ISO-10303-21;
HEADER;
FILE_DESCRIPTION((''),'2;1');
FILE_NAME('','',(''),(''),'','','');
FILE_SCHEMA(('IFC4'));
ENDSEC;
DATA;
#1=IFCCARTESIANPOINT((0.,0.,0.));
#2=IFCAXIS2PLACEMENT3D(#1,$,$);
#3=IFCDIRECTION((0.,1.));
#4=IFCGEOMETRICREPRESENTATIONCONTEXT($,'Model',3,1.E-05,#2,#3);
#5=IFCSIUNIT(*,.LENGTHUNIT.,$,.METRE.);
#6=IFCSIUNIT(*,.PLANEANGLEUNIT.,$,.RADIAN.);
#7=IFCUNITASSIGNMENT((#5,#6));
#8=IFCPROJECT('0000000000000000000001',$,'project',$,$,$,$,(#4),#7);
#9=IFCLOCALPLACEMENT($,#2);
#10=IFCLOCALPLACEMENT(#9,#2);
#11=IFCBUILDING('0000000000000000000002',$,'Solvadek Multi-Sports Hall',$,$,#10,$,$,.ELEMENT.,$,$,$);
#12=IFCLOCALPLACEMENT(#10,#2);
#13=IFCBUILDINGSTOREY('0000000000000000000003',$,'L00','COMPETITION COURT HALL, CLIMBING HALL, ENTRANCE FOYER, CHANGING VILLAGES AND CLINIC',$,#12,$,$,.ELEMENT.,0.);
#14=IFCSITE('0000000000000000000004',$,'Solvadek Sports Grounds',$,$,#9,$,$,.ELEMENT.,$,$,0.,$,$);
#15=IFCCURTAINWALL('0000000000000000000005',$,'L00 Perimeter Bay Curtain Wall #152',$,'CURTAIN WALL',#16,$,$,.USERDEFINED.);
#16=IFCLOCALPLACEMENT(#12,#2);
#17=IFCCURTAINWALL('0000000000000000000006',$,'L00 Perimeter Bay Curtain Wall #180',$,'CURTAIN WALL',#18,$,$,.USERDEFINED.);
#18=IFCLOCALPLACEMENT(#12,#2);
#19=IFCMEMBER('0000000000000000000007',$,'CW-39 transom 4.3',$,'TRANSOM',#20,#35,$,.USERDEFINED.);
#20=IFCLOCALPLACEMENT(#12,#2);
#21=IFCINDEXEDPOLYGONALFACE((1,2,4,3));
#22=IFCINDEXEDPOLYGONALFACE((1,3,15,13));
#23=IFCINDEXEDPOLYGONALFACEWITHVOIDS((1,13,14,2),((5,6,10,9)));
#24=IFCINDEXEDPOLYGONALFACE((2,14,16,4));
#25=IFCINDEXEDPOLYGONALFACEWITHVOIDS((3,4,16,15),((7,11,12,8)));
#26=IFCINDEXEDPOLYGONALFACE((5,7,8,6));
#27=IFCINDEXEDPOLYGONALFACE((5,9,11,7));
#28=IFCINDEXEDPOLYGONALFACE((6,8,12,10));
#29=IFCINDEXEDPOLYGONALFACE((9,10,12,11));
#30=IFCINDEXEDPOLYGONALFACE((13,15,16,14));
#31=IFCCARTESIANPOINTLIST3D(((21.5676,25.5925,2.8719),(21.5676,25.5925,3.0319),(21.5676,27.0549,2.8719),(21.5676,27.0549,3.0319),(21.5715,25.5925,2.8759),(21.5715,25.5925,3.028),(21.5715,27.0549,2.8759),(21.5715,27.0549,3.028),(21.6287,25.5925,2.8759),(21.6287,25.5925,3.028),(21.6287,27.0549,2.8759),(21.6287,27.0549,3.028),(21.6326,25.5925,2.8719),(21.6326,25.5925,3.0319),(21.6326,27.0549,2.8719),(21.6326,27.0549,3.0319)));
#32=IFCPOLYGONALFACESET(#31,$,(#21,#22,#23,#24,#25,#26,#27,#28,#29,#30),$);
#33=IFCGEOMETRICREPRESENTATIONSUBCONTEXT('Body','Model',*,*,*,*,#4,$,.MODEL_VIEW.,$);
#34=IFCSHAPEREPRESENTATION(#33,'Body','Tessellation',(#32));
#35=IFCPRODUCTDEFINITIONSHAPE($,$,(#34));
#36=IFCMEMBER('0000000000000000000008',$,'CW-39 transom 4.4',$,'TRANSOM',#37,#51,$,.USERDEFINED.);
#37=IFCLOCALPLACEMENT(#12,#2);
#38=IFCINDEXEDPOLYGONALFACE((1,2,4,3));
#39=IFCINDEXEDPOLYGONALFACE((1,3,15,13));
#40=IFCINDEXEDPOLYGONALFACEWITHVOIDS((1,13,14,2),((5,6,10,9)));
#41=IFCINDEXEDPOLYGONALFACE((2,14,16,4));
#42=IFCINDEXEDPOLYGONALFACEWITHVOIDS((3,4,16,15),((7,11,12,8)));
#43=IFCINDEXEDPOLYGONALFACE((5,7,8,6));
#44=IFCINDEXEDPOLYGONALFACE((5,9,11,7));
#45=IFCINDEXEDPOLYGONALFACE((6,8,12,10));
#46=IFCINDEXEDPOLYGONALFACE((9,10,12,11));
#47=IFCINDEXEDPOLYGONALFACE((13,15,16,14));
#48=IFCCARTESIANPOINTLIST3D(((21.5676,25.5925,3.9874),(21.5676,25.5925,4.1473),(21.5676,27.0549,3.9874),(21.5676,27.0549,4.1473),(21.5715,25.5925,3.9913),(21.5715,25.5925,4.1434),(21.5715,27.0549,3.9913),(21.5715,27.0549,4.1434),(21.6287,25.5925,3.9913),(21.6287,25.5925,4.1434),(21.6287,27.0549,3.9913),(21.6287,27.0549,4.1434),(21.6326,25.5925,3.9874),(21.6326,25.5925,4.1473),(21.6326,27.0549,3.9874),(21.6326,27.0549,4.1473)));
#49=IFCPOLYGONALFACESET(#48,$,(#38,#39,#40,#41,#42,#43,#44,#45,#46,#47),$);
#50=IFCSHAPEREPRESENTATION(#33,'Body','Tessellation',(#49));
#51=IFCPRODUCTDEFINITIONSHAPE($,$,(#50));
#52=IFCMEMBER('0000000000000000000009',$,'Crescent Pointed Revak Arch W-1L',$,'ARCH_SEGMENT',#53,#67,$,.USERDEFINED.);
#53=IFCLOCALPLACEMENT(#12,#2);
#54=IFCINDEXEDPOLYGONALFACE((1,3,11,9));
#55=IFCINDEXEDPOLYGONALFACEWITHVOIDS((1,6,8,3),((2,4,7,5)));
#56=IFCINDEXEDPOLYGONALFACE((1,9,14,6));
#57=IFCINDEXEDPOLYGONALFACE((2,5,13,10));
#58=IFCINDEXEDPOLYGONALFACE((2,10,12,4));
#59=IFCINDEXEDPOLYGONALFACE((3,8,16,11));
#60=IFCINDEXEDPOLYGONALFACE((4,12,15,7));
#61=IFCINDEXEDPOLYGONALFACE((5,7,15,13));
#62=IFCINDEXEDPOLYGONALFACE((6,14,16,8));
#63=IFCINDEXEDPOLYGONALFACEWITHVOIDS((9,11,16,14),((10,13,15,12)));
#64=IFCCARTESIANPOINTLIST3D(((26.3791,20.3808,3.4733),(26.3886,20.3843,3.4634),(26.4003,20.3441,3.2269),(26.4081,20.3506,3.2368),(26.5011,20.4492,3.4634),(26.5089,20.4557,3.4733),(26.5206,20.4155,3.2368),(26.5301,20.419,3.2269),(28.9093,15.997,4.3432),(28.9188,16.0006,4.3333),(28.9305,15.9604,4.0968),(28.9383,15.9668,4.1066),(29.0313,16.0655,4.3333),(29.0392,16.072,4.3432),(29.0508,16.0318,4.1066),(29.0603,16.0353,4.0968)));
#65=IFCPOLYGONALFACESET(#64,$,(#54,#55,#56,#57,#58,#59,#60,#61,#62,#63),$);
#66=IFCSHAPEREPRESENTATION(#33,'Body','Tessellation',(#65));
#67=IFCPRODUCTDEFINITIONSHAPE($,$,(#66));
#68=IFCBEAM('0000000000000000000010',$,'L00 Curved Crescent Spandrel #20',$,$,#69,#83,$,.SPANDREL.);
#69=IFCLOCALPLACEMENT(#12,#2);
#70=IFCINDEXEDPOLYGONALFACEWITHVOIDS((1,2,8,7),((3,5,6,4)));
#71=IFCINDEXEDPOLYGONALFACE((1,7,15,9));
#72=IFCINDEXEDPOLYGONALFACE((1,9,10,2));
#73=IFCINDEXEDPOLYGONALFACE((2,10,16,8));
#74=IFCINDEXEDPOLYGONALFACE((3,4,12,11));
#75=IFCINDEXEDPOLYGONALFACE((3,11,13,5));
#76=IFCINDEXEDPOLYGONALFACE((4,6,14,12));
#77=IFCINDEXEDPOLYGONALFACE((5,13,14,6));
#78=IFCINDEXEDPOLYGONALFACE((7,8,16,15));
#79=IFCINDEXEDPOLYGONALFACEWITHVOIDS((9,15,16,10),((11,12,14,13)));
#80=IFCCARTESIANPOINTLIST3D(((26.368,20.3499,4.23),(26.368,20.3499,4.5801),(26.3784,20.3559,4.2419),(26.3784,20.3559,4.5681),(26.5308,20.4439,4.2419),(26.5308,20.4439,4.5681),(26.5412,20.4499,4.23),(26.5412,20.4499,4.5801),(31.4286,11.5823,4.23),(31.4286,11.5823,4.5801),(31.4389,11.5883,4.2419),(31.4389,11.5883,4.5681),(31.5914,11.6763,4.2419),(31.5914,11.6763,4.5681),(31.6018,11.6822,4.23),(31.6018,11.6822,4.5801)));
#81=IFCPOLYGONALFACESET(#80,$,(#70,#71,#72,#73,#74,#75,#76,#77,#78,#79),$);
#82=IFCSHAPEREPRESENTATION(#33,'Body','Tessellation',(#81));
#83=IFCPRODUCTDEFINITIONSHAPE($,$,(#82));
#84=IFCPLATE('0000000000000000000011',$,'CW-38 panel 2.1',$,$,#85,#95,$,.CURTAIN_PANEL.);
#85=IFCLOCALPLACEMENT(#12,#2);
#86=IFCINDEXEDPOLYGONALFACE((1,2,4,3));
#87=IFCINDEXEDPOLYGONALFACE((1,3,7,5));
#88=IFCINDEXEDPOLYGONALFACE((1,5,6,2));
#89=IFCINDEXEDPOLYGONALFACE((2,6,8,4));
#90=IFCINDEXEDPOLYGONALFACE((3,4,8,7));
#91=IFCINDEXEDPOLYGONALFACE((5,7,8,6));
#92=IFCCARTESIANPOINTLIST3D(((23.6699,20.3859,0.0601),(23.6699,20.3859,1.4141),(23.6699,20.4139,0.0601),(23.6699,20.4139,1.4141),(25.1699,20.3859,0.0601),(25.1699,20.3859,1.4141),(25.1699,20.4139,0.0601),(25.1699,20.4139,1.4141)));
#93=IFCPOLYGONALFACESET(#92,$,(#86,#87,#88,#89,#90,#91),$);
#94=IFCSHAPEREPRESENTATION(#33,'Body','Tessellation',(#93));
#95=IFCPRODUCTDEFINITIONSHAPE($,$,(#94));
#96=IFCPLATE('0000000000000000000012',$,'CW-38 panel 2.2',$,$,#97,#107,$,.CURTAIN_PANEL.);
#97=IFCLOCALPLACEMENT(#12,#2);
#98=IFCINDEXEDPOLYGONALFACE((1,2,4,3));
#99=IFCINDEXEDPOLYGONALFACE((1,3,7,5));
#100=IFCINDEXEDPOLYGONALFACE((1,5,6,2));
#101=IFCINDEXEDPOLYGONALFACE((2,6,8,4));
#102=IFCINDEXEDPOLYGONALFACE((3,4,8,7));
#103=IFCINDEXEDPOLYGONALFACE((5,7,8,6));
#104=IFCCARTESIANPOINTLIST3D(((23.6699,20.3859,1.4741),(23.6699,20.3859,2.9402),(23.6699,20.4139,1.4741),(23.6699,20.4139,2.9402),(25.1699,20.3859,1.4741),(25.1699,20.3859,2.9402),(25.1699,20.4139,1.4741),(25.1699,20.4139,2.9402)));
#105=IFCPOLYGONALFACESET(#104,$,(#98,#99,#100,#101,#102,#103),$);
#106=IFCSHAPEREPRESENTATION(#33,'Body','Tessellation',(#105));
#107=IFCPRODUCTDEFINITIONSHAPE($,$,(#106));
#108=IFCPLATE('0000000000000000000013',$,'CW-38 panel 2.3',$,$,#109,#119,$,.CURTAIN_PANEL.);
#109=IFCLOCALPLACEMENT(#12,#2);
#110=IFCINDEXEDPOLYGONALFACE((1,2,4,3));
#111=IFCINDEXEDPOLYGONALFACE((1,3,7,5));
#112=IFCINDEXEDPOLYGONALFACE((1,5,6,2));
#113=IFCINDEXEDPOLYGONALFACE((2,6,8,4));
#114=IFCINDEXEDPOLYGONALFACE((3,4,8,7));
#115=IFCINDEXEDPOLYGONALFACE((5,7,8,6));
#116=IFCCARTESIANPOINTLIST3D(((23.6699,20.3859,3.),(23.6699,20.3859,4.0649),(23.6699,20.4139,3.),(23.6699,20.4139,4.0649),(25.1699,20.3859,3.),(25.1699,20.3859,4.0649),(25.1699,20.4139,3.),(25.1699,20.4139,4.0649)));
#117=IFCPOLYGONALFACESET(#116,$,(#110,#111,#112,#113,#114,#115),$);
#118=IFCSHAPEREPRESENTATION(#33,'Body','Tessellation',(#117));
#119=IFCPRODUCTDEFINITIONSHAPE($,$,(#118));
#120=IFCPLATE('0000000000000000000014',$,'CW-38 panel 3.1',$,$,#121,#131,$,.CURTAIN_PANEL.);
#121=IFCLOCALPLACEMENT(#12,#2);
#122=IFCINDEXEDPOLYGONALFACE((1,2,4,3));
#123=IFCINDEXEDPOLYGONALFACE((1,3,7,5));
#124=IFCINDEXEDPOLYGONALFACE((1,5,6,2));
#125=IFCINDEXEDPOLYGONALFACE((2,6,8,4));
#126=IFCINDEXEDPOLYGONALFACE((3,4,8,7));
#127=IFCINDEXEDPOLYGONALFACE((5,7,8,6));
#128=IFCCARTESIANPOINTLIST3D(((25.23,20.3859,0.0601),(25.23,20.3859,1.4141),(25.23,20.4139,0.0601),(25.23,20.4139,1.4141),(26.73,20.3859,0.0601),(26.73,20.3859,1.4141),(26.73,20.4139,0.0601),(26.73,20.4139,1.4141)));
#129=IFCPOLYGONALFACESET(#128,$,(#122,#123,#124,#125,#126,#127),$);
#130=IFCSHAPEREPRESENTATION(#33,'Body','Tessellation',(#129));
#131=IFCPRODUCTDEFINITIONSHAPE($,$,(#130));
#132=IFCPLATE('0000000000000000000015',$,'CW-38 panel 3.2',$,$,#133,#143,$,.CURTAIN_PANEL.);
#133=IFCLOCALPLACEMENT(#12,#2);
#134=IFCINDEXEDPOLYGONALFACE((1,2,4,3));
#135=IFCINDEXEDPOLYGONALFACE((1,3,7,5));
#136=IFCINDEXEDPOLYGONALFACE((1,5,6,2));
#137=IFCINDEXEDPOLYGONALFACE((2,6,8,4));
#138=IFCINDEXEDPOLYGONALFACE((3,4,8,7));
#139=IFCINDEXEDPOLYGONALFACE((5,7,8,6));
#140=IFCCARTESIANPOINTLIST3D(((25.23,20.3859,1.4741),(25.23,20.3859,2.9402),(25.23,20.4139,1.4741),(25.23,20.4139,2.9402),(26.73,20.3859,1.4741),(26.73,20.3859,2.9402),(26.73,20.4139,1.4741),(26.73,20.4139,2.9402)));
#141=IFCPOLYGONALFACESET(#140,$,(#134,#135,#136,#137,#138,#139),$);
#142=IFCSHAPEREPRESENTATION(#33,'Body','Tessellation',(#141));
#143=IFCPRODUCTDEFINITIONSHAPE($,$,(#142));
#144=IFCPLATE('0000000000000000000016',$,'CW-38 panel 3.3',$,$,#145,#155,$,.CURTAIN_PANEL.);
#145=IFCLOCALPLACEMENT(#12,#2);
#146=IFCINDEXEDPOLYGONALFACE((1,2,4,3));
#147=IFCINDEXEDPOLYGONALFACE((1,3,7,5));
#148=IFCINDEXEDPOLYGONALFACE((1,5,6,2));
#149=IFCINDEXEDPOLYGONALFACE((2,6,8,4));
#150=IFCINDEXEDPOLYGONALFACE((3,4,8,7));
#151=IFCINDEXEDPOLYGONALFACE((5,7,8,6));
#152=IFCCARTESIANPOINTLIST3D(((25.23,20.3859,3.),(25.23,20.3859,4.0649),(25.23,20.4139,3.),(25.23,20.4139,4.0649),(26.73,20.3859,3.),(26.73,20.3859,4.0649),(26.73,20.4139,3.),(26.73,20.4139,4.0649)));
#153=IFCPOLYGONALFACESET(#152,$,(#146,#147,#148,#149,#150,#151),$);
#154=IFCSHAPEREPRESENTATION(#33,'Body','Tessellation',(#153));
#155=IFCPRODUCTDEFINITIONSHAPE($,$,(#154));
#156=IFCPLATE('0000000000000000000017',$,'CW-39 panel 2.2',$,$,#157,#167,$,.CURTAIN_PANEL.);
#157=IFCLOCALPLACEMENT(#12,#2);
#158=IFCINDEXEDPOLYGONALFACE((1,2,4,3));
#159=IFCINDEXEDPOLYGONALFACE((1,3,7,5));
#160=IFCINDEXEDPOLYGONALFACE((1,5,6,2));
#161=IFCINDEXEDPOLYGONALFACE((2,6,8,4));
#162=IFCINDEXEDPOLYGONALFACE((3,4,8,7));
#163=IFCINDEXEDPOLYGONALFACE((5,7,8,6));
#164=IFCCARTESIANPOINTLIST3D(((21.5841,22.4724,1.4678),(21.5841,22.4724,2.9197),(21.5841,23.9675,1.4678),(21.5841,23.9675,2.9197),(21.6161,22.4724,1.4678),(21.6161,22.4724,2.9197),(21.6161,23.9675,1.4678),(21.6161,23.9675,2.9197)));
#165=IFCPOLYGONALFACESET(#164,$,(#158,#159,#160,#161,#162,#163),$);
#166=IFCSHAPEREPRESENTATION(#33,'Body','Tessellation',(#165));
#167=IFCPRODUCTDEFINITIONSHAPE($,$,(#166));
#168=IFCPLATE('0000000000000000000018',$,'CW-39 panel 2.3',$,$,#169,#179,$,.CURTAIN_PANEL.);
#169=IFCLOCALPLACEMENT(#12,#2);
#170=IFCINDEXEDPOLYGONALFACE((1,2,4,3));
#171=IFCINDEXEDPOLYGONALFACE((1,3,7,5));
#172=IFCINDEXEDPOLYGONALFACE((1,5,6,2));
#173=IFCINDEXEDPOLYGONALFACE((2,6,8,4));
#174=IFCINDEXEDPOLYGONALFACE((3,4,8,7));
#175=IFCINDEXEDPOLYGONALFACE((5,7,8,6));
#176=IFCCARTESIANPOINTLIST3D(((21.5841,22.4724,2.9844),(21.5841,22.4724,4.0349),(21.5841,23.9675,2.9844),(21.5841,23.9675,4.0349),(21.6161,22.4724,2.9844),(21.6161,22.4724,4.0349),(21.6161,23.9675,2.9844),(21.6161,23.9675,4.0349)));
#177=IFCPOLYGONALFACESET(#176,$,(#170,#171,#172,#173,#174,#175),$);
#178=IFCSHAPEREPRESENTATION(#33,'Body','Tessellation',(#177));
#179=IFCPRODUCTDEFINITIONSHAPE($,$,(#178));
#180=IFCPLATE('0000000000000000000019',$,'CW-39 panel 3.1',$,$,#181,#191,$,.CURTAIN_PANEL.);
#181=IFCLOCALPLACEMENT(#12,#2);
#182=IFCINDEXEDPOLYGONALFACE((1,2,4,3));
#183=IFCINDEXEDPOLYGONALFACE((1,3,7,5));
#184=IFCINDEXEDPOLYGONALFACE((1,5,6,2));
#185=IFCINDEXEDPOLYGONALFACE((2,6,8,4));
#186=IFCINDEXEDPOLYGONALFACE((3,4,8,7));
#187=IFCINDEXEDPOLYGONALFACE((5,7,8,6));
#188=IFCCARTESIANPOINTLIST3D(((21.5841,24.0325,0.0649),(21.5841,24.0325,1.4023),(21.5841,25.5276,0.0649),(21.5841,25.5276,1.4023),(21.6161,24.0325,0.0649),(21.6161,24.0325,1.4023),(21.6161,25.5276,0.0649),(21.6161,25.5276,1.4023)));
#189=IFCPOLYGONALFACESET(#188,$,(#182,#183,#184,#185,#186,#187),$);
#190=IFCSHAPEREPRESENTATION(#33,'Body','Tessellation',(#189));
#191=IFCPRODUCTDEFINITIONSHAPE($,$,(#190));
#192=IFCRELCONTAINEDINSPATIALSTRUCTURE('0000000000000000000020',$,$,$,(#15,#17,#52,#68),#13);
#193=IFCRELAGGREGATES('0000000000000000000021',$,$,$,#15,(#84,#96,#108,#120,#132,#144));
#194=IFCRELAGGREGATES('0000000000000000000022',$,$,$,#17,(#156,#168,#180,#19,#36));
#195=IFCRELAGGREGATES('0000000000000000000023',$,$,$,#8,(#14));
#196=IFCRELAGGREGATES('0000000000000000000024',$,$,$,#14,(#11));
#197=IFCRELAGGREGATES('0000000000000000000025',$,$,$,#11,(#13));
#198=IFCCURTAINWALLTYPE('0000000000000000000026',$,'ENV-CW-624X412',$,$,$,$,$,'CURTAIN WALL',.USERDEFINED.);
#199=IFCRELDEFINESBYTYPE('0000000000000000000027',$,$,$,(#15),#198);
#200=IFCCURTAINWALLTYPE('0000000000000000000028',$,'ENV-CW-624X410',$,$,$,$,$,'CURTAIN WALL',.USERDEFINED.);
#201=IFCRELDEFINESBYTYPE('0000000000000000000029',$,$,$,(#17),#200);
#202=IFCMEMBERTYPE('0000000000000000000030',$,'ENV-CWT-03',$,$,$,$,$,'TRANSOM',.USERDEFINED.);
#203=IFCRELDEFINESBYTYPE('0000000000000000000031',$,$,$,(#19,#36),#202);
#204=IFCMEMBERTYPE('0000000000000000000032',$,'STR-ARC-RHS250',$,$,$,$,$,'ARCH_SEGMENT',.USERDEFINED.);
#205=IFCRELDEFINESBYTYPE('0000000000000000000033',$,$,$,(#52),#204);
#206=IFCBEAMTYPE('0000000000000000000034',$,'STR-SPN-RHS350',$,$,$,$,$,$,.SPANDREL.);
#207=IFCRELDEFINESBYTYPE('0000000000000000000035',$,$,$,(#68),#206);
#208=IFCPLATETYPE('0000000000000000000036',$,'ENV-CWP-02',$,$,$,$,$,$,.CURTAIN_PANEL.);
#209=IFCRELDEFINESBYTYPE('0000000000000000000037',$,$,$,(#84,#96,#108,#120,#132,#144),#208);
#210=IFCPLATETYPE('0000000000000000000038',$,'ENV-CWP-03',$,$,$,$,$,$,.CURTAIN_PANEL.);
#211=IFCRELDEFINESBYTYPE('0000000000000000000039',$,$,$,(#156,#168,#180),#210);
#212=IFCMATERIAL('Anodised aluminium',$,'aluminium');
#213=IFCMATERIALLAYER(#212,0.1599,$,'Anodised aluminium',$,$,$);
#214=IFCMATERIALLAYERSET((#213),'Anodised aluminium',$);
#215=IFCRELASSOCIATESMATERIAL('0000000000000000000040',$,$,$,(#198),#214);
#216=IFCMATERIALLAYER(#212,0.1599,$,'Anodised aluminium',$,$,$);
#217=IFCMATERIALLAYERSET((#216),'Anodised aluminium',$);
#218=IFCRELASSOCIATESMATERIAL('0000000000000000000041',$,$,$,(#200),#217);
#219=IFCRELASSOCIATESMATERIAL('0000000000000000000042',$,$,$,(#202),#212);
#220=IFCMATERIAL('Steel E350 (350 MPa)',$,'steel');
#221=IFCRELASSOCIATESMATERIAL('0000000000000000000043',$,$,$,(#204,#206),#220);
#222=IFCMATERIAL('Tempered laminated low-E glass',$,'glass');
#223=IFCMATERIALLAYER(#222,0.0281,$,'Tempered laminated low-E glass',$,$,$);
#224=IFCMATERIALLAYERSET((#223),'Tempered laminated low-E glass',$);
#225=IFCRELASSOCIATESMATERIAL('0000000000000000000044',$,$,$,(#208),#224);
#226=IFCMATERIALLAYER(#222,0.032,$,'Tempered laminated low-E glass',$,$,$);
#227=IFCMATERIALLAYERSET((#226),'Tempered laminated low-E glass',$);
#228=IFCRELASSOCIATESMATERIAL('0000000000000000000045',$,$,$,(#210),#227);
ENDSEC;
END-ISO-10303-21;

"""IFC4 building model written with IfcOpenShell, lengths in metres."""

from ifc_helpers import new_model, si_unit, direction, frame, origin, origin_2d, place, context, subcontext, project, spatial, rectangle, hollow_rectangle, extrude, material, layer, layer_set, material_profile, profile_set, type_object, element, aggregate, save


model = new_model("IFC4")

# Units and contexts
model_context = context("Model", 3, precision=1e-05, world=origin(), true_north=direction((0.0, 1.0)))
body_context = subcontext(model_context, "Body", "Model", "MODEL_VIEW")
ifc_project = project(units=[si_unit("LENGTHUNIT", "METRE"), si_unit("PLANEANGLEUNIT", "RADIAN")], contexts=[model_context])

# Site, building, storey
site_placement = place(None, origin())
site = spatial("IfcSite", under=ifc_project, at=site_placement, Name="Solvadek Sports Grounds", CompositionType="ELEMENT", RefElevation=0.0)
building_placement = place(site_placement, origin())
building = spatial("IfcBuilding", under=site, at=building_placement, Name="Solvadek Multi-Sports Hall", CompositionType="ELEMENT")
storey_placement = place(building_placement, origin())
storey = spatial("IfcBuildingStorey", under=building, at=storey_placement, Name="L00", Description="COMPETITION COURT HALL, CLIMBING HALL, ENTRANCE FOYER, CHANGING VILLAGES AND CLINIC", CompositionType="ELEMENT", Elevation=0.0)

# Shared definitions
ifc_material_1 = material(Name="Steel E350 (350 MPa)", Category="steel")

# Curtain walls
ifc_material_2 = material(Name="Anodised aluminium", Category="aluminium")
ifc_layer_1 = layer(ifc_material_2, 0.1599, Name="Anodised aluminium")
ifc_layer_set_1 = layer_set([ifc_layer_1], Name="Anodised aluminium")
curtain_wall_type_1 = type_object("IfcCurtainWallType", Name="ENV-CW-624X412", ElementType="CURTAIN WALL", PredefinedType="USERDEFINED", material=ifc_layer_set_1)
curtain_wall_1_placement = place(storey_placement, origin())
curtain_wall_1 = element("IfcCurtainWall", 1, at=curtain_wall_1_placement, inside=storey, type_object=curtain_wall_type_1, Name="L00 Perimeter Bay Curtain Wall #152", ObjectType="CURTAIN WALL", PredefinedType="USERDEFINED")
ifc_layer_2 = layer(ifc_material_2, 0.1599, Name="Anodised aluminium")
ifc_layer_set_2 = layer_set([ifc_layer_2], Name="Anodised aluminium")
curtain_wall_type_2 = type_object("IfcCurtainWallType", Name="ENV-CW-624X410", ElementType="CURTAIN WALL", PredefinedType="USERDEFINED", material=ifc_layer_set_2)
curtain_wall_2_placement = place(storey_placement, origin())
curtain_wall_2 = element("IfcCurtainWall", 2, at=curtain_wall_2_placement, inside=storey, type_object=curtain_wall_type_2, Name="L00 Perimeter Bay Curtain Wall #180", ObjectType="CURTAIN WALL", PredefinedType="USERDEFINED")

# Members
ifc_material_profile_1 = material_profile(ifc_material_2, hollow_rectangle(XDim=0.0649, YDim=0.1599, WallThickness=0.0039, at=origin_2d()), Name="ALU-T 160x65x4")
ifc_profile_set_1 = profile_set([ifc_material_profile_1], Name="Anodised aluminium")
member_type_1 = type_object("IfcMemberType", Name="ENV-CWT-03", ElementType="TRANSOM", PredefinedType="USERDEFINED", material=ifc_profile_set_1)
member_1_placement = place(storey_placement, frame((21.6001, 25.5925, 2.9519), z_axis=(0.0, 1.0, 0.0), x_axis=(-1.0, 0.0, 0.0)))
member_1 = element("IfcMember", 3, at=member_1_placement, type_object=member_type_1, Name="CW-39 transom 4.3", ObjectType="TRANSOM", PredefinedType="USERDEFINED", context=body_context, shape_type="SweptSolid", body=[
    extrude(hollow_rectangle(XDim=0.0649, YDim=0.1599, WallThickness=0.0039, at=origin_2d()), origin(), (0.0, 0.0, 1.0), 1.4624),
])
member_2_placement = place(storey_placement, frame((21.6001, 25.5925, 4.0674), z_axis=(0.0, 1.0, 0.0), x_axis=(-1.0, 0.0, 0.0)))
member_2 = element("IfcMember", 4, at=member_2_placement, type_object=member_type_1, Name="CW-39 transom 4.4", ObjectType="TRANSOM", PredefinedType="USERDEFINED", context=body_context, shape_type="SweptSolid", body=[
    extrude(hollow_rectangle(XDim=0.0649, YDim=0.1599, WallThickness=0.0039, at=origin_2d()), origin(), (0.0, 0.0, 1.0), 1.4624),
])
ifc_material_profile_2 = material_profile(ifc_material_1, hollow_rectangle(XDim=0.1499, YDim=0.25, WallThickness=0.01, at=origin_2d()), Name="RHS 250x150x10")
ifc_profile_set_2 = profile_set([ifc_material_profile_2], Name="Steel E350 (350 MPa)")
member_type_2 = type_object("IfcMemberType", Name="STR-ARC-RHS250", ElementType="ARCH_SEGMENT", PredefinedType="USERDEFINED", material=ifc_profile_set_2)
member_3_placement = place(storey_placement, frame((26.4546, 20.3999, 3.3501), z_axis=(0.492672, -0.853573, 0.169374), x_axis=(0.866086, 0.499895, 0.0)))
element("IfcMember", 5, at=member_3_placement, inside=storey, type_object=member_type_2, Name="Crescent Pointed Revak Arch W-1L", ObjectType="ARCH_SEGMENT", PredefinedType="USERDEFINED", context=body_context, shape_type="SweptSolid", body=[
    extrude(hollow_rectangle(XDim=0.1499, YDim=0.25, WallThickness=0.01, at=origin_2d()), origin(), (0.0, 0.0, 1.0), 5.1357),
])

# Beam
ifc_material_profile_3 = material_profile(ifc_material_1, hollow_rectangle(XDim=0.2, YDim=0.3501, WallThickness=0.012, at=origin_2d()), Name="RHS 350x200x12")
ifc_profile_set_3 = profile_set([ifc_material_profile_3], Name="Steel E350 (350 MPa)")
beam_type = type_object("IfcBeamType", Name="STR-SPN-RHS350", PredefinedType="SPANDREL", material=ifc_profile_set_3)
beam_placement = place(storey_placement, frame((26.4546, 20.3999, 4.405), z_axis=(0.499895, -0.866086, 0.0), x_axis=(0.866086, 0.499895, 0.0)))
element("IfcBeam", 6, at=beam_placement, inside=storey, type_object=beam_type, Name="L00 Curved Crescent Spandrel #20", PredefinedType="SPANDREL", context=body_context, shape_type="SweptSolid", body=[
    extrude(hollow_rectangle(XDim=0.2, YDim=0.3501, WallThickness=0.012, at=origin_2d()), origin(), (0.0, 0.0, 1.0), 10.1233),
])

# Plates
ifc_material_3 = material(Name="Tempered laminated low-E glass", Category="glass")
ifc_layer_3 = layer(ifc_material_3, 0.0281, Name="Tempered laminated low-E glass")
ifc_layer_set_3 = layer_set([ifc_layer_3], Name="Tempered laminated low-E glass")
plate_type_1 = type_object("IfcPlateType", Name="ENV-CWP-02", PredefinedType="CURTAIN_PANEL", material=ifc_layer_set_3)
plate_1_placement = place(storey_placement, frame((24.4199, 20.3999, 0.0601), z_axis=(0.0, 0.0, 1.0), x_axis=(1.0, 0.0, 0.0)))
plate_1 = element("IfcPlate", 7, at=plate_1_placement, type_object=plate_type_1, Name="CW-38 panel 2.1", PredefinedType="CURTAIN_PANEL", context=body_context, shape_type="SweptSolid", body=[
    extrude(rectangle(XDim=1.5, YDim=0.0281, at=origin_2d()), origin(), (0.0, 0.0, 1.0), 1.354),
])
plate_2_placement = place(storey_placement, frame((24.4199, 20.3999, 1.4741), z_axis=(0.0, 0.0, 1.0), x_axis=(1.0, 0.0, 0.0)))
plate_2 = element("IfcPlate", 8, at=plate_2_placement, type_object=plate_type_1, Name="CW-38 panel 2.2", PredefinedType="CURTAIN_PANEL", context=body_context, shape_type="SweptSolid", body=[
    extrude(rectangle(XDim=1.5, YDim=0.0281, at=origin_2d()), origin(), (0.0, 0.0, 1.0), 1.4661),
])
plate_3_placement = place(storey_placement, frame((24.4199, 20.3999, 3.0), z_axis=(0.0, 0.0, 1.0), x_axis=(1.0, 0.0, 0.0)))
plate_3 = element("IfcPlate", 9, at=plate_3_placement, type_object=plate_type_1, Name="CW-38 panel 2.3", PredefinedType="CURTAIN_PANEL", context=body_context, shape_type="SweptSolid", body=[
    extrude(rectangle(XDim=1.5, YDim=0.0281, at=origin_2d()), origin(), (0.0, 0.0, 1.0), 1.0649),
])
plate_4_placement = place(storey_placement, frame((25.98, 20.3999, 0.0601), z_axis=(0.0, 0.0, 1.0), x_axis=(1.0, 0.0, 0.0)))
plate_4 = element("IfcPlate", 10, at=plate_4_placement, type_object=plate_type_1, Name="CW-38 panel 3.1", PredefinedType="CURTAIN_PANEL", context=body_context, shape_type="SweptSolid", body=[
    extrude(rectangle(XDim=1.5, YDim=0.0281, at=origin_2d()), origin(), (0.0, 0.0, 1.0), 1.354),
])
plate_5_placement = place(storey_placement, frame((25.98, 20.3999, 1.4741), z_axis=(0.0, 0.0, 1.0), x_axis=(1.0, 0.0, 0.0)))
plate_5 = element("IfcPlate", 11, at=plate_5_placement, type_object=plate_type_1, Name="CW-38 panel 3.2", PredefinedType="CURTAIN_PANEL", context=body_context, shape_type="SweptSolid", body=[
    extrude(rectangle(XDim=1.5, YDim=0.0281, at=origin_2d()), origin(), (0.0, 0.0, 1.0), 1.4661),
])
plate_6_placement = place(storey_placement, frame((25.98, 20.3999, 3.0), z_axis=(0.0, 0.0, 1.0), x_axis=(1.0, 0.0, 0.0)))
plate_6 = element("IfcPlate", 12, at=plate_6_placement, type_object=plate_type_1, Name="CW-38 panel 3.3", PredefinedType="CURTAIN_PANEL", context=body_context, shape_type="SweptSolid", body=[
    extrude(rectangle(XDim=1.5, YDim=0.0281, at=origin_2d()), origin(), (0.0, 0.0, 1.0), 1.0649),
])
aggregate(curtain_wall_1, [plate_1, plate_2, plate_3, plate_4, plate_5, plate_6])
ifc_layer_4 = layer(ifc_material_3, 0.032, Name="Tempered laminated low-E glass")
ifc_layer_set_4 = layer_set([ifc_layer_4], Name="Tempered laminated low-E glass")
plate_type_2 = type_object("IfcPlateType", Name="ENV-CWP-03", PredefinedType="CURTAIN_PANEL", material=ifc_layer_set_4)
plate_7_placement = place(storey_placement, frame((21.6001, 23.22, 1.4678), z_axis=(0.0, 0.0, 1.0), x_axis=(0.0, 1.0, 0.0)))
plate_7 = element("IfcPlate", 13, at=plate_7_placement, type_object=plate_type_2, Name="CW-39 panel 2.2", PredefinedType="CURTAIN_PANEL", context=body_context, shape_type="SweptSolid", body=[
    extrude(rectangle(XDim=1.4951, YDim=0.032, at=origin_2d()), origin(), (0.0, 0.0, 1.0), 1.4519),
])
plate_8_placement = place(storey_placement, frame((21.6001, 23.22, 2.9844), z_axis=(0.0, 0.0, 1.0), x_axis=(0.0, 1.0, 0.0)))
plate_8 = element("IfcPlate", 14, at=plate_8_placement, type_object=plate_type_2, Name="CW-39 panel 2.3", PredefinedType="CURTAIN_PANEL", context=body_context, shape_type="SweptSolid", body=[
    extrude(rectangle(XDim=1.4951, YDim=0.032, at=origin_2d()), origin(), (0.0, 0.0, 1.0), 1.0505),
])
plate_9_placement = place(storey_placement, frame((21.6001, 24.78, 0.0649), z_axis=(0.0, 0.0, 1.0), x_axis=(0.0, 1.0, 0.0)))
plate_9 = element("IfcPlate", 15, at=plate_9_placement, type_object=plate_type_2, Name="CW-39 panel 3.1", PredefinedType="CURTAIN_PANEL", context=body_context, shape_type="SweptSolid", body=[
    extrude(rectangle(XDim=1.4951, YDim=0.032, at=origin_2d()), origin(), (0.0, 0.0, 1.0), 1.3374),
])
aggregate(curtain_wall_2, [plate_7, plate_8, plate_9, member_1, member_2])

save(model, "model.ifc")
